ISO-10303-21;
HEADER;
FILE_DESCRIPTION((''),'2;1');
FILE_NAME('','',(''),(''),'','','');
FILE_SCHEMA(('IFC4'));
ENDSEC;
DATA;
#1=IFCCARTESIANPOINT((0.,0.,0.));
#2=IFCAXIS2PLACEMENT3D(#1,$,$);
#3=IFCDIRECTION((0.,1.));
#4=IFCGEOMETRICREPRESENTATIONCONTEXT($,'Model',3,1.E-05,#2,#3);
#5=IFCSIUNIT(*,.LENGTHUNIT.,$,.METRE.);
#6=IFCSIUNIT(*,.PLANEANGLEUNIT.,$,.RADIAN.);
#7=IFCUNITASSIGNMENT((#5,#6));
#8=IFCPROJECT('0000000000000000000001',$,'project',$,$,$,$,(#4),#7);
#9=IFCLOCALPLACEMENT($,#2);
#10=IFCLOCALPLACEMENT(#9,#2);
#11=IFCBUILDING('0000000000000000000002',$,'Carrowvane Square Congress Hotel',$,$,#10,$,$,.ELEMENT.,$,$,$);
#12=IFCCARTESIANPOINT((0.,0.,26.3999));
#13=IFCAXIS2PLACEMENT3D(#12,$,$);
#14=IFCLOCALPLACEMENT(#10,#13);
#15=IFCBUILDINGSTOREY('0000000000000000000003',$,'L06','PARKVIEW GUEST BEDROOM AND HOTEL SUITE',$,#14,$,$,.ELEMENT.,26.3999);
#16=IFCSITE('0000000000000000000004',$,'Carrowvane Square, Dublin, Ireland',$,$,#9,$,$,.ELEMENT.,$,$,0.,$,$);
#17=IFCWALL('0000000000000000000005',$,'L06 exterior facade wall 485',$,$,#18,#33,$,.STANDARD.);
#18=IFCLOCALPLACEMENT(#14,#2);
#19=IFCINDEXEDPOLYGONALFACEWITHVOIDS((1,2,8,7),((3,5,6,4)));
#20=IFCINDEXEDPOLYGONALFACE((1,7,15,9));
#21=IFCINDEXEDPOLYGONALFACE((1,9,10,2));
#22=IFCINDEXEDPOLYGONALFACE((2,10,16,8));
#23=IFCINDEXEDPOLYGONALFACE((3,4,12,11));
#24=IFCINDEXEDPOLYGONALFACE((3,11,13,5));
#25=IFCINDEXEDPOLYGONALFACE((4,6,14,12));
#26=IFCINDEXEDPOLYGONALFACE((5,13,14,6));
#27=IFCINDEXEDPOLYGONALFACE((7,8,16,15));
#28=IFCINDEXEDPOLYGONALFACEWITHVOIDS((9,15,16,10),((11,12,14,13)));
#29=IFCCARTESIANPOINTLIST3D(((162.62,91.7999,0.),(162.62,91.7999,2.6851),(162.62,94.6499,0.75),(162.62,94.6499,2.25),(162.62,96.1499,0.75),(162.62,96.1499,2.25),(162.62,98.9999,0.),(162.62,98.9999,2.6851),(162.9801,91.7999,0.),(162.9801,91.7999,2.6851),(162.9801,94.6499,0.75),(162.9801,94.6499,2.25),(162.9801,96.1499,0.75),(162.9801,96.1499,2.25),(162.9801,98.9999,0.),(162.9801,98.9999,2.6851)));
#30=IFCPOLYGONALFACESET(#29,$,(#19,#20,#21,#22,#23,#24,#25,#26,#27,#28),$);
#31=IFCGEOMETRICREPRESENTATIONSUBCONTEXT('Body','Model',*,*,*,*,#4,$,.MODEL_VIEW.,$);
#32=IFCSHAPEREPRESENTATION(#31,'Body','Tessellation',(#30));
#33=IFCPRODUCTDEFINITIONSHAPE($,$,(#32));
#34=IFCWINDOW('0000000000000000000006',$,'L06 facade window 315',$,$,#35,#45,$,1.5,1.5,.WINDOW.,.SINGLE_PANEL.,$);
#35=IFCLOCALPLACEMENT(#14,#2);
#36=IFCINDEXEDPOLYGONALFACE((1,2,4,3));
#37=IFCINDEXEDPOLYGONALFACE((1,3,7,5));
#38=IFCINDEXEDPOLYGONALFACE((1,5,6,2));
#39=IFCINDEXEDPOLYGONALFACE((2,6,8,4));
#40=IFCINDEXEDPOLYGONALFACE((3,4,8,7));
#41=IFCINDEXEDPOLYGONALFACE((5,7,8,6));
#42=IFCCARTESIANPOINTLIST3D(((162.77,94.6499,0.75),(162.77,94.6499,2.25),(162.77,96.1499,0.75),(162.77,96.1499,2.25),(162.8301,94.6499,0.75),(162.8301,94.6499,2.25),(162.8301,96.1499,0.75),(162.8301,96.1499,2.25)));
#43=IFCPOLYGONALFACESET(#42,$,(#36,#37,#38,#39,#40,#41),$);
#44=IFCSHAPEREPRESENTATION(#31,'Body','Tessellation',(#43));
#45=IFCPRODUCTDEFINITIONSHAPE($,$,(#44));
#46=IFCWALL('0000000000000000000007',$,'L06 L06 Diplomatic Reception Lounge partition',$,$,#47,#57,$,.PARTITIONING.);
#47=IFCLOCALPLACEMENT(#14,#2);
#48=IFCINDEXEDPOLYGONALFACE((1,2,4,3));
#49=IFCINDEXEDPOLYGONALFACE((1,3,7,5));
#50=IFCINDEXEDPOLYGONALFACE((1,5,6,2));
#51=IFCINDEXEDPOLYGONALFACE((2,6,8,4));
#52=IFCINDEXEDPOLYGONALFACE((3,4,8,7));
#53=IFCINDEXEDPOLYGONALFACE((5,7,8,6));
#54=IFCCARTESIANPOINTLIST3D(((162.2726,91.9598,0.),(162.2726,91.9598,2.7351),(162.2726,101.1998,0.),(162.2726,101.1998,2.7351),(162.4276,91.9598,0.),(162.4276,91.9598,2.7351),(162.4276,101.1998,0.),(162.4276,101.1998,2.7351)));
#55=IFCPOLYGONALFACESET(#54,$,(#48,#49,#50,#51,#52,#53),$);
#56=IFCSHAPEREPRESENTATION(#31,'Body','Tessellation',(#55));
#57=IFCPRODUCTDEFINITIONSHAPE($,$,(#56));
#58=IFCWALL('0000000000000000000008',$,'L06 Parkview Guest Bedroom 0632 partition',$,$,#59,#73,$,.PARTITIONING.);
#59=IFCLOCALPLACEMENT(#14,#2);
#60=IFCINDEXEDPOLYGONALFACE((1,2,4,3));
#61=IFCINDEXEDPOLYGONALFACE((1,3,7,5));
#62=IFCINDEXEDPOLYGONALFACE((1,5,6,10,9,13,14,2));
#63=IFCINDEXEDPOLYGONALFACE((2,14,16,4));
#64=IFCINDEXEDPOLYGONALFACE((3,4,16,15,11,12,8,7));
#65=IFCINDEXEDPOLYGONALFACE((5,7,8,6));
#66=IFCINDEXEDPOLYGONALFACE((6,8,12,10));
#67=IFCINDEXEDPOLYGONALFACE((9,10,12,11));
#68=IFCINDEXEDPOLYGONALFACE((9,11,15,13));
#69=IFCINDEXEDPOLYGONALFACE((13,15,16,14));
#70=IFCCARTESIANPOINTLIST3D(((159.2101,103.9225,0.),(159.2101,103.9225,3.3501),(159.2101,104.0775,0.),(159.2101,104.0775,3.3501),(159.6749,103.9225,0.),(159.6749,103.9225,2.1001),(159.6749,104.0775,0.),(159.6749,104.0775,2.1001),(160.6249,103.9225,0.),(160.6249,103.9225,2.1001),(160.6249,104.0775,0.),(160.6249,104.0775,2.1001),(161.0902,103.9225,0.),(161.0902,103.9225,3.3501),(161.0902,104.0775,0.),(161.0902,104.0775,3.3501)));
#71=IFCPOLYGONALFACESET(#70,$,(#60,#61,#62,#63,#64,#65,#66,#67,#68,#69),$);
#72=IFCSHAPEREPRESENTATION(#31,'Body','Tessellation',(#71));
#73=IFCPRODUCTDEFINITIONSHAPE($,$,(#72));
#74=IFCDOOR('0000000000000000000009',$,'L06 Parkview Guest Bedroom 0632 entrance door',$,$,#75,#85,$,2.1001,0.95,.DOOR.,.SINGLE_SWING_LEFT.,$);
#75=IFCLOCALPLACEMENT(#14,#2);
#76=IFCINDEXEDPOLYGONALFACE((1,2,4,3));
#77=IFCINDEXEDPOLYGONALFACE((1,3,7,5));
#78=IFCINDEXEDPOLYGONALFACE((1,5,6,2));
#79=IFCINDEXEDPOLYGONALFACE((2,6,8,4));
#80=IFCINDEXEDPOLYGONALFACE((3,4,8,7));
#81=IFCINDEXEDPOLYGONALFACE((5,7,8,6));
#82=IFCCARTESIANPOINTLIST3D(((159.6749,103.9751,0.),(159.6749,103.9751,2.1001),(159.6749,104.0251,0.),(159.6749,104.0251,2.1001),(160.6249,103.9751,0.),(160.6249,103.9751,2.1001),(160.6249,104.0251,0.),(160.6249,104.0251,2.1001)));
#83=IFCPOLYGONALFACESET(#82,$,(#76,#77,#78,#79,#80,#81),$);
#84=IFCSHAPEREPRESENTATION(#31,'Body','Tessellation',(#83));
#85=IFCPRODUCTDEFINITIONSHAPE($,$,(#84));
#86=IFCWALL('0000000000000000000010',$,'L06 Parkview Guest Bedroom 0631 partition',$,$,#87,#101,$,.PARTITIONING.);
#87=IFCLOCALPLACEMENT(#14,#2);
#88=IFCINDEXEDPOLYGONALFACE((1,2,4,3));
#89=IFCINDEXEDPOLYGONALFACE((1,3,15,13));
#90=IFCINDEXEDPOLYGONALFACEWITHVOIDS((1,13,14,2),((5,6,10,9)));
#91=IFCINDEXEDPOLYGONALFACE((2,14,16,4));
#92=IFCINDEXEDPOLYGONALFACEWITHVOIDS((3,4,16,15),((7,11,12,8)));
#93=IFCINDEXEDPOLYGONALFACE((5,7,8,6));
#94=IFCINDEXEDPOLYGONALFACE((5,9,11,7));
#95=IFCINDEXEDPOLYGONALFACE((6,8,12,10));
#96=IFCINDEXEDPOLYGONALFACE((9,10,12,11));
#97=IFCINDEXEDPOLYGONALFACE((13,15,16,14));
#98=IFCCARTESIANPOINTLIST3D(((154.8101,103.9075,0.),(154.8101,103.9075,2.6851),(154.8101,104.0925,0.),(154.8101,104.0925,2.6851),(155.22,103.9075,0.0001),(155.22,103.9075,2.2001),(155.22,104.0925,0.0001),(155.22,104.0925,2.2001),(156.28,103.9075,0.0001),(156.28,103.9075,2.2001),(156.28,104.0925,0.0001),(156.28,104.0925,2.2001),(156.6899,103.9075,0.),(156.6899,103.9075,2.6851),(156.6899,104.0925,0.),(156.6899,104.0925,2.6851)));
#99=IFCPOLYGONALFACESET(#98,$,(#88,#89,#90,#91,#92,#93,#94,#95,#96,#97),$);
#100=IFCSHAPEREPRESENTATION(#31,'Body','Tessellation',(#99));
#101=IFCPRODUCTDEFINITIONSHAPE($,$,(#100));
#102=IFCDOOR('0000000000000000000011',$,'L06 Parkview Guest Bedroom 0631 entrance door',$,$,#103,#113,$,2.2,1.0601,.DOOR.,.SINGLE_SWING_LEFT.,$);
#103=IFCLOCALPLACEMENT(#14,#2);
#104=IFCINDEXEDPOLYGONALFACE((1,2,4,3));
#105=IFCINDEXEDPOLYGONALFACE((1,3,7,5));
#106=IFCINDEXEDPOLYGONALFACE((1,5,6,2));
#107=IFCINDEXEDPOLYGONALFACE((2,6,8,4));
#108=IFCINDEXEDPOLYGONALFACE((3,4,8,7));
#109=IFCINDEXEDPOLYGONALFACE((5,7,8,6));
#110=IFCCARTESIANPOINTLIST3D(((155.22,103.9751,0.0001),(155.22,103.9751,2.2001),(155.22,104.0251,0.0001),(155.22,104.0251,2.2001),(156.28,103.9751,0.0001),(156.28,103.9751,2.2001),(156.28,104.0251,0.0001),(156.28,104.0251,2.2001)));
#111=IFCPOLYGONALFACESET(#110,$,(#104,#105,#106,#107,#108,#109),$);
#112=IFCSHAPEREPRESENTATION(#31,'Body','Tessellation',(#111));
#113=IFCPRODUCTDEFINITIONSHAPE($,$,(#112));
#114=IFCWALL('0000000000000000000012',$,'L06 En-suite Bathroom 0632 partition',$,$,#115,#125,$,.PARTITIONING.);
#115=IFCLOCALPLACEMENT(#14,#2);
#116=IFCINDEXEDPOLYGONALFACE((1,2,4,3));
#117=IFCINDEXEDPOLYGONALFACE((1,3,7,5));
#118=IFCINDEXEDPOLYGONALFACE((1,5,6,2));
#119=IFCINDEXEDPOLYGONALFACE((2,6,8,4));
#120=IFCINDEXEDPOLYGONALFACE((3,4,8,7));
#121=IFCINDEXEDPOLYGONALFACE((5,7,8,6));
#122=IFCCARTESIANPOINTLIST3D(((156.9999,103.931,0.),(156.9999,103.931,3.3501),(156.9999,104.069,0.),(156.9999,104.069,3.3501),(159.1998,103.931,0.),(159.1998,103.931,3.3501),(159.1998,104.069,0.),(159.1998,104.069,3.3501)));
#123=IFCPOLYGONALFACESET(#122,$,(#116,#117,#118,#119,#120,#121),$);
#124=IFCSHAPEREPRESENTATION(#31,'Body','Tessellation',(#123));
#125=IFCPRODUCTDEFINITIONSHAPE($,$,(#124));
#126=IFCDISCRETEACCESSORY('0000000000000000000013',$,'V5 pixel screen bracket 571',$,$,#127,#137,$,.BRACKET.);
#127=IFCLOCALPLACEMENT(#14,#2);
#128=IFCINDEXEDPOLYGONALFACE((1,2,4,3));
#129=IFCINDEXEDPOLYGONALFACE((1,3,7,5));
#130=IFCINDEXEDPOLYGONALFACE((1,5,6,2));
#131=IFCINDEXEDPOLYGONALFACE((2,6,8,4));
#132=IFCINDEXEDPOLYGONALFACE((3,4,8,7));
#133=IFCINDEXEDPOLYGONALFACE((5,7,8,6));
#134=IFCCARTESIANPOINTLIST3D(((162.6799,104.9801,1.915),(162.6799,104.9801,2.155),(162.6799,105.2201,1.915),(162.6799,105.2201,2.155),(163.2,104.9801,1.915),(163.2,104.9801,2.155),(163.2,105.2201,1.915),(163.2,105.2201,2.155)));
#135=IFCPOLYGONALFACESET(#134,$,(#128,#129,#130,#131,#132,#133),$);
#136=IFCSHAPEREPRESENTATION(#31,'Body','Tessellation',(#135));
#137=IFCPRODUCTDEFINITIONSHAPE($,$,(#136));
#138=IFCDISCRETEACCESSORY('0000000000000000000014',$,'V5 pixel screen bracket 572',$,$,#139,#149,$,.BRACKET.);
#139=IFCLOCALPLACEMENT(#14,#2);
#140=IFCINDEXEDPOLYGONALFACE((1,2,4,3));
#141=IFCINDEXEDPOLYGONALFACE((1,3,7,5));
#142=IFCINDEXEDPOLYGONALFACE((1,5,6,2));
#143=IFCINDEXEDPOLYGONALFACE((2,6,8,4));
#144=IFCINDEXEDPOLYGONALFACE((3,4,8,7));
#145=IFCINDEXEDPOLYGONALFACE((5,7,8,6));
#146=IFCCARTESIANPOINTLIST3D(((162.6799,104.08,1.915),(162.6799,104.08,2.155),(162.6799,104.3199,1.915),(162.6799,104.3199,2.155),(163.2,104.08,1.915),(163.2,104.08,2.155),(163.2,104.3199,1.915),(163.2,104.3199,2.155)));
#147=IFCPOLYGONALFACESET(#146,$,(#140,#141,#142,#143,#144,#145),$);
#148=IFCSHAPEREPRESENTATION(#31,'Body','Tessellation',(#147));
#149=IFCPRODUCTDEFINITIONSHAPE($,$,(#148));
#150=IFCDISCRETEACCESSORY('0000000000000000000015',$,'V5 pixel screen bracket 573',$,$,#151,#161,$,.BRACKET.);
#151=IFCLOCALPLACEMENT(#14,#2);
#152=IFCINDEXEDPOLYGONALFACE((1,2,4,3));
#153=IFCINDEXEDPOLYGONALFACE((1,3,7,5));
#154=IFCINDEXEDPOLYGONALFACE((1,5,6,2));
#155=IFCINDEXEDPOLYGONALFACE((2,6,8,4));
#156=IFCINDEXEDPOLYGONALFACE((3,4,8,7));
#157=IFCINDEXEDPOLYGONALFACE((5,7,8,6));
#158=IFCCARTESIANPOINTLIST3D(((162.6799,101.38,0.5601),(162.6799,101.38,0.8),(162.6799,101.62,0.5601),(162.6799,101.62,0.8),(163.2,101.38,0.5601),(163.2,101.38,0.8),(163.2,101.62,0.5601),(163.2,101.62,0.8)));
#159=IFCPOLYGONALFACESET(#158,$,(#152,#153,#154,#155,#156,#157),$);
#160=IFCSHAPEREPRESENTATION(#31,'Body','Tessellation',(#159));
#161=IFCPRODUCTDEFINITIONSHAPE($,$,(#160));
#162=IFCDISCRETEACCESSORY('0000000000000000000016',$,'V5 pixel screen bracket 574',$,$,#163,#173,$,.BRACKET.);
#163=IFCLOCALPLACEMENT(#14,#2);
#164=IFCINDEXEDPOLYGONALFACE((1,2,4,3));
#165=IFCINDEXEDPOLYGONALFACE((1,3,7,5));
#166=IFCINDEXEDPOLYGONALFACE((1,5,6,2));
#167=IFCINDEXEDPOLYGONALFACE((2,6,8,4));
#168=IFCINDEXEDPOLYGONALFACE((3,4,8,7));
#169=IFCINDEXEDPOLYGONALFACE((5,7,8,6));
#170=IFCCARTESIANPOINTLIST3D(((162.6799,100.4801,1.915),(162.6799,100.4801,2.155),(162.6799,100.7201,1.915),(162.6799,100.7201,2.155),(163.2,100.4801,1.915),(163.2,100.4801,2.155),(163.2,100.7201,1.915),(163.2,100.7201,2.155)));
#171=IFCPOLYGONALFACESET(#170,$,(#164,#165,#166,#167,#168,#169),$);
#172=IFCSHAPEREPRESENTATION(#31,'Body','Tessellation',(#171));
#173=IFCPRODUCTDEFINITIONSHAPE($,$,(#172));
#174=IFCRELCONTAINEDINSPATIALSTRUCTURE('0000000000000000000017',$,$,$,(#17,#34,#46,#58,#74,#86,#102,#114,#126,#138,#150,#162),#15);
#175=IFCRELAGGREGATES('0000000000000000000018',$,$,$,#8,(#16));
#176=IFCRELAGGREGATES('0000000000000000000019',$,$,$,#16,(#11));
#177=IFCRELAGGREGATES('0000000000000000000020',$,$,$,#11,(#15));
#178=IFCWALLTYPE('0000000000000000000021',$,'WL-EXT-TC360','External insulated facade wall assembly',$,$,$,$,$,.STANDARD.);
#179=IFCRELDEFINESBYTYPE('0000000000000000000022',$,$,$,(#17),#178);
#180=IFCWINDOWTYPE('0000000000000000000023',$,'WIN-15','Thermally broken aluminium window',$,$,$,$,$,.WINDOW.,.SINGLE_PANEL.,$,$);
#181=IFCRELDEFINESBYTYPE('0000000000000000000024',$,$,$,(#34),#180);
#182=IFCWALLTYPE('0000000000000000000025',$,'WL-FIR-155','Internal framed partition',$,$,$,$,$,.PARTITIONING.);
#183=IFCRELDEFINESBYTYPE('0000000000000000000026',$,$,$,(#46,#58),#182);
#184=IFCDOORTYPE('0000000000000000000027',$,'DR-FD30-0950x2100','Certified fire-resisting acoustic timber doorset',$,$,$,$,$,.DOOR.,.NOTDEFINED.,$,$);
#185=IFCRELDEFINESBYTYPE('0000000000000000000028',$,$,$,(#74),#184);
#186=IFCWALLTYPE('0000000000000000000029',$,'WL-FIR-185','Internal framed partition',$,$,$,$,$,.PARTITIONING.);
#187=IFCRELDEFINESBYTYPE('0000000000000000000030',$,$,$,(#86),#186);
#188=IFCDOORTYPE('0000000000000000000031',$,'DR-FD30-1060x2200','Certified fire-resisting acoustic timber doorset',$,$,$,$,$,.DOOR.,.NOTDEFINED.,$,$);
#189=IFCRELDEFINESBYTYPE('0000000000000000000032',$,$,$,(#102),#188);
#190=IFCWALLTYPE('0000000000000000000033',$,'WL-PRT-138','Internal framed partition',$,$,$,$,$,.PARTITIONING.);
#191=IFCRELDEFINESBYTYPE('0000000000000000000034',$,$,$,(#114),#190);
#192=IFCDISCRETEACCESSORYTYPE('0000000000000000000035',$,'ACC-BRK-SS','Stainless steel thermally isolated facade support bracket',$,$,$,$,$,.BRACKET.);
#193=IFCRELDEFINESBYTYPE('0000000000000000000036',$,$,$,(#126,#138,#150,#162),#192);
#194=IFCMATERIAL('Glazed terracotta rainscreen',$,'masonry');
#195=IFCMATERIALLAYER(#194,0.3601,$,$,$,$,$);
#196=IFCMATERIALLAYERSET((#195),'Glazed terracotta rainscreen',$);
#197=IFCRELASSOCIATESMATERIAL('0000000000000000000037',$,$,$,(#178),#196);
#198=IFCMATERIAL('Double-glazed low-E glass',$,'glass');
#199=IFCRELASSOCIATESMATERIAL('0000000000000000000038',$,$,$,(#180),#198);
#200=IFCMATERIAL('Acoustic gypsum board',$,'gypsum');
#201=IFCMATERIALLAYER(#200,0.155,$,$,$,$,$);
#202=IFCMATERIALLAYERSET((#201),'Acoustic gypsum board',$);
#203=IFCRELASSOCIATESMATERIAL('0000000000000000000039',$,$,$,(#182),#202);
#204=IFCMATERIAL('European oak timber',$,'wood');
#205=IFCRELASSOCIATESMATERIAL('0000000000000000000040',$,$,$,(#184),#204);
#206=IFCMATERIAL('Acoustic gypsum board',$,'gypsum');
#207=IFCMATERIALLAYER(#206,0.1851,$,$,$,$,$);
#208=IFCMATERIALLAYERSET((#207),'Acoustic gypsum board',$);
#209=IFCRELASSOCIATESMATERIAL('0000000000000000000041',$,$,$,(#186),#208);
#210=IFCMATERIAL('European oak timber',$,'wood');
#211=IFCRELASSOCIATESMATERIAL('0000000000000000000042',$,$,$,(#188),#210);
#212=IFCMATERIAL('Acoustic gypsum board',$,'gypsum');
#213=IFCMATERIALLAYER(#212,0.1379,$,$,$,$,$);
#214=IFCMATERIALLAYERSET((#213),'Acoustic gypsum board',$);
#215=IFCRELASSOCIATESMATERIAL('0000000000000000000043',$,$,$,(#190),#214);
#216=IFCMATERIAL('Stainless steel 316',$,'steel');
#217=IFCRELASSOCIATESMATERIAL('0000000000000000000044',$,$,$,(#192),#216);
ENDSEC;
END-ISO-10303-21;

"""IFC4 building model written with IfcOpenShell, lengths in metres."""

from ifc_helpers import new_model, si_unit, direction, frame, frame_2d, origin, origin_2d, place, context, subcontext, project, spatial, rectangle, extrude, material, layer, layer_set, type_object, element, fill, save


model = new_model("IFC4")

# Units and contexts
model_context = context("Model", 3, precision=1e-05, world=origin(), true_north=direction((0.0, 1.0)))
body_context = subcontext(model_context, "Body", "Model", "MODEL_VIEW")
ifc_project = project(units=[si_unit("LENGTHUNIT", "METRE"), si_unit("PLANEANGLEUNIT", "RADIAN")], contexts=[model_context])

# Site, building, storey
site_placement = place(None, origin())
site = spatial("IfcSite", under=ifc_project, at=site_placement, Name="Carrowvane Square, Dublin, Ireland", CompositionType="ELEMENT", RefElevation=0.0)
building_placement = place(site_placement, origin())
building = spatial("IfcBuilding", under=site, at=building_placement, Name="Carrowvane Square Congress Hotel", CompositionType="ELEMENT")
storey_placement = place(building_placement, frame((0.0, 0.0, 26.3999)))
storey = spatial("IfcBuildingStorey", under=building, at=storey_placement, Name="L06", Description="PARKVIEW GUEST BEDROOM AND HOTEL SUITE", CompositionType="ELEMENT", Elevation=26.3999)

# Wall, opening, window
ifc_material_1 = material(Name="Glazed terracotta rainscreen", Category="masonry")
ifc_layer_1 = layer(ifc_material_1, 0.3601)
ifc_layer_set_1 = layer_set([ifc_layer_1], Name="Glazed terracotta rainscreen")
wall_type_1 = type_object("IfcWallType", Name="WL-EXT-TC360", Description="External insulated facade wall assembly", PredefinedType="STANDARD", material=ifc_layer_set_1)
ifc_material_2 = material(Name="Double-glazed low-E glass", Category="glass")
window_type = type_object("IfcWindowType", Name="WIN-15", Description="Thermally broken aluminium window", PartitioningType="SINGLE_PANEL", PredefinedType="WINDOW", material=ifc_material_2)
wall_1_placement = place(storey_placement, frame((162.8, 99.0, 0.0), z_axis=(0.0, 0.0, 1.0), x_axis=(0.0, -1.0, 0.0)))
wall_1 = element("IfcWall", 1, at=wall_1_placement, inside=storey, type_object=wall_type_1, Name="L06 exterior facade wall 485", PredefinedType="STANDARD", context=body_context, shape_type="SweptSolid", body=[
    extrude(rectangle(XDim=7.2, YDim=0.3601, at=frame_2d((3.6001, 0.0))), origin(), (0.0, 0.0, 1.0), 2.6851),
])
opening_1_placement = place(wall_1_placement, frame((2.8501, 0.0, 0.75)))
opening_1 = element("IfcOpeningElement", 2, at=opening_1_placement, cuts=wall_1, PredefinedType="OPENING", context=body_context, shape_type="SweptSolid", body=[
    extrude(rectangle(XDim=1.5, YDim=1.5, at=frame_2d((0.75, 0.75))), frame((0.0, 0.1899, 0.0), z_axis=(0.0, -1.0, 0.0), x_axis=(1.0, 0.0, 0.0)), (0.0, 0.0, 1.0), 0.3801),
])
window_1_placement = place(opening_1_placement, origin())
window_1 = element("IfcWindow", 3, at=window_1_placement, inside=storey, type_object=window_type, Name="L06 facade window 315", OverallHeight=1.5, OverallWidth=1.5, PartitioningType="SINGLE_PANEL", PredefinedType="WINDOW", context=body_context, shape_type="SweptSolid", body=[
    extrude(rectangle(XDim=1.5, YDim=1.5, at=frame_2d((0.75, 0.75))), frame((0.0, 0.03, 0.0), z_axis=(0.0, -1.0, 0.0), x_axis=(1.0, 0.0, 0.0)), (0.0, 0.0, 1.0), 0.0601),
])
fill(opening_1, window_1)

# Wall
ifc_material_3 = material(Name="Acoustic gypsum board", Category="gypsum")
ifc_layer_2 = layer(ifc_material_3, 0.155)
ifc_layer_set_2 = layer_set([ifc_layer_2], Name="Acoustic gypsum board")
wall_type_2 = type_object("IfcWallType", Name="WL-FIR-155", Description="Internal framed partition", PredefinedType="PARTITIONING", material=ifc_layer_set_2)
wall_2_placement = place(storey_placement, frame((162.3501, 101.2, 0.0), z_axis=(0.0, 0.0, 1.0), x_axis=(0.0, -1.0, 0.0)))
element("IfcWall", 4, at=wall_2_placement, inside=storey, type_object=wall_type_2, Name="L06 L06 Diplomatic Reception Lounge partition", PredefinedType="PARTITIONING", context=body_context, shape_type="SweptSolid", body=[
    extrude(rectangle(XDim=9.24, YDim=0.155, at=frame_2d((4.6201, 0.0))), origin(), (0.0, 0.0, 1.0), 2.7351),
])

# Walls, openings, doors
wall_3_placement = place(storey_placement, frame((161.0901, 104.0, 0.0), z_axis=(0.0, 0.0, 1.0), x_axis=(-1.0, 0.0, 0.0)))
wall_3 = element("IfcWall", 5, at=wall_3_placement, inside=storey, type_object=wall_type_2, Name="L06 Parkview Guest Bedroom 0632 partition", PredefinedType="PARTITIONING", context=body_context, shape_type="SweptSolid", body=[
    extrude(rectangle(XDim=1.8801, YDim=0.155, at=frame_2d((0.9399, 0.0))), origin(), (0.0, 0.0, 1.0), 3.3501),
])
opening_2_placement = place(wall_3_placement, frame((0.4651, 0.0, 0.0)))
opening_2 = element("IfcOpeningElement", 6, at=opening_2_placement, cuts=wall_3, PredefinedType="OPENING", context=body_context, shape_type="SweptSolid", body=[
    extrude(rectangle(XDim=0.95, YDim=2.1001, at=frame_2d((0.4751, 1.05))), frame((0.0, 0.0874, 0.0), z_axis=(0.0, -1.0, 0.0), x_axis=(1.0, 0.0, 0.0)), (0.0, 0.0, 1.0), 0.175),
])
ifc_material_4 = material(Name="European oak timber", Category="wood")
door_type_1 = type_object("IfcDoorType", Name="DR-FD30-0950x2100", Description="Certified fire-resisting acoustic timber doorset", OperationType="NOTDEFINED", PredefinedType="DOOR", material=ifc_material_4)
door_1_placement = place(opening_2_placement, origin())
door_1 = element("IfcDoor", 7, at=door_1_placement, inside=storey, type_object=door_type_1, Name="L06 Parkview Guest Bedroom 0632 entrance door", OperationType="SINGLE_SWING_LEFT", OverallHeight=2.1001, OverallWidth=0.95, PredefinedType="DOOR", context=body_context, shape_type="SweptSolid", body=[
    extrude(rectangle(XDim=0.95, YDim=2.1001, at=frame_2d((0.4751, 1.05))), frame((0.0, 0.0249, 0.0), z_axis=(0.0, -1.0, 0.0), x_axis=(1.0, 0.0, 0.0)), (0.0, 0.0, 1.0), 0.05),
])
fill(opening_2, door_1)
ifc_material_5 = material(Name="Acoustic gypsum board", Category="gypsum")
ifc_layer_3 = layer(ifc_material_5, 0.1851)
ifc_layer_set_3 = layer_set([ifc_layer_3], Name="Acoustic gypsum board")
wall_type_3 = type_object("IfcWallType", Name="WL-FIR-185", Description="Internal framed partition", PredefinedType="PARTITIONING", material=ifc_layer_set_3)
wall_4_placement = place(storey_placement, frame((156.6899, 104.0, 0.0), z_axis=(0.0, 0.0, 1.0), x_axis=(-1.0, 0.0, 0.0)))
wall_4 = element("IfcWall", 8, at=wall_4_placement, inside=storey, type_object=wall_type_3, Name="L06 Parkview Guest Bedroom 0631 partition", PredefinedType="PARTITIONING", context=body_context, shape_type="SweptSolid", body=[
    extrude(rectangle(XDim=1.8799, YDim=0.1851, at=frame_2d((0.9399, 0.0))), origin(), (0.0, 0.0, 1.0), 2.6851),
])
opening_3_placement = place(wall_4_placement, frame((0.4099, 0.0, 0.0)))
opening_3 = element("IfcOpeningElement", 9, at=opening_3_placement, cuts=wall_4, PredefinedType="OPENING", context=body_context, shape_type="SweptSolid", body=[
    extrude(rectangle(XDim=1.0601, YDim=2.2, at=frame_2d((0.53, 1.1001))), frame((0.0, 0.1025, 0.0), z_axis=(0.0, -1.0, 0.0), x_axis=(1.0, 0.0, 0.0)), (0.0, 0.0, 1.0), 0.2051),
])
ifc_material_6 = material(Name="European oak timber", Category="wood")
door_type_2 = type_object("IfcDoorType", Name="DR-FD30-1060x2200", Description="Certified fire-resisting acoustic timber doorset", OperationType="NOTDEFINED", PredefinedType="DOOR", material=ifc_material_6)
door_2_placement = place(opening_3_placement, origin())
door_2 = element("IfcDoor", 10, at=door_2_placement, inside=storey, type_object=door_type_2, Name="L06 Parkview Guest Bedroom 0631 entrance door", OperationType="SINGLE_SWING_LEFT", OverallHeight=2.2, OverallWidth=1.0601, PredefinedType="DOOR", context=body_context, shape_type="SweptSolid", body=[
    extrude(rectangle(XDim=1.0601, YDim=2.2, at=frame_2d((0.53, 1.1001))), frame((0.0, 0.0249, 0.0), z_axis=(0.0, -1.0, 0.0), x_axis=(1.0, 0.0, 0.0)), (0.0, 0.0, 1.0), 0.05),
])
fill(opening_3, door_2)

# Wall
ifc_material_7 = material(Name="Acoustic gypsum board", Category="gypsum")
ifc_layer_4 = layer(ifc_material_7, 0.1379)
ifc_layer_set_4 = layer_set([ifc_layer_4], Name="Acoustic gypsum board")
wall_type_4 = type_object("IfcWallType", Name="WL-PRT-138", Description="Internal framed partition", PredefinedType="PARTITIONING", material=ifc_layer_set_4)
wall_5_placement = place(storey_placement, frame((159.2, 104.0, 0.0), z_axis=(0.0, 0.0, 1.0), x_axis=(-1.0, 0.0, 0.0)))
element("IfcWall", 11, at=wall_5_placement, inside=storey, type_object=wall_type_4, Name="L06 En-suite Bathroom 0632 partition", PredefinedType="PARTITIONING", context=body_context, shape_type="SweptSolid", body=[
    extrude(rectangle(XDim=2.2, YDim=0.1379, at=frame_2d((1.1001, 0.0))), origin(), (0.0, 0.0, 1.0), 3.3501),
])

# Discrete accessories
ifc_material_8 = material(Name="Stainless steel 316", Category="steel")
discrete_accessory_type = type_object("IfcDiscreteAccessoryType", Name="ACC-BRK-SS", Description="Stainless steel thermally isolated facade support bracket", PredefinedType="BRACKET", material=ifc_material_8)
for number, where, z_axis, x_axis, name in (
    (12, (162.9399, 105.1001, 1.915), (0.0, 0.0, 1.0), (0.0, -1.0, 0.0), "V5 pixel screen bracket 571"),
    (13, (162.9399, 104.2, 1.915), (0.0, 0.0, 1.0), (0.0, -1.0, 0.0), "V5 pixel screen bracket 572"),
    (14, (162.9399, 101.5, 0.5601), (0.0, 0.0, 1.0), (0.0, -1.0, 0.0), "V5 pixel screen bracket 573"),
    (15, (162.9399, 100.6001, 1.915), (0.0, 0.0, 1.0), (0.0, -1.0, 0.0), "V5 pixel screen bracket 574"),
):
    element("IfcDiscreteAccessory", number, at=place(storey_placement, frame(where, z_axis=z_axis, x_axis=x_axis)), inside=storey, type_object=discrete_accessory_type, Name=name, PredefinedType="BRACKET", context=body_context, shape_type="SweptSolid", body=[
        extrude(rectangle(XDim=0.24, YDim=0.52, at=origin_2d()), origin(), (0.0, 0.0, 1.0), 0.24),
    ])

save(model, "model.ifc")
